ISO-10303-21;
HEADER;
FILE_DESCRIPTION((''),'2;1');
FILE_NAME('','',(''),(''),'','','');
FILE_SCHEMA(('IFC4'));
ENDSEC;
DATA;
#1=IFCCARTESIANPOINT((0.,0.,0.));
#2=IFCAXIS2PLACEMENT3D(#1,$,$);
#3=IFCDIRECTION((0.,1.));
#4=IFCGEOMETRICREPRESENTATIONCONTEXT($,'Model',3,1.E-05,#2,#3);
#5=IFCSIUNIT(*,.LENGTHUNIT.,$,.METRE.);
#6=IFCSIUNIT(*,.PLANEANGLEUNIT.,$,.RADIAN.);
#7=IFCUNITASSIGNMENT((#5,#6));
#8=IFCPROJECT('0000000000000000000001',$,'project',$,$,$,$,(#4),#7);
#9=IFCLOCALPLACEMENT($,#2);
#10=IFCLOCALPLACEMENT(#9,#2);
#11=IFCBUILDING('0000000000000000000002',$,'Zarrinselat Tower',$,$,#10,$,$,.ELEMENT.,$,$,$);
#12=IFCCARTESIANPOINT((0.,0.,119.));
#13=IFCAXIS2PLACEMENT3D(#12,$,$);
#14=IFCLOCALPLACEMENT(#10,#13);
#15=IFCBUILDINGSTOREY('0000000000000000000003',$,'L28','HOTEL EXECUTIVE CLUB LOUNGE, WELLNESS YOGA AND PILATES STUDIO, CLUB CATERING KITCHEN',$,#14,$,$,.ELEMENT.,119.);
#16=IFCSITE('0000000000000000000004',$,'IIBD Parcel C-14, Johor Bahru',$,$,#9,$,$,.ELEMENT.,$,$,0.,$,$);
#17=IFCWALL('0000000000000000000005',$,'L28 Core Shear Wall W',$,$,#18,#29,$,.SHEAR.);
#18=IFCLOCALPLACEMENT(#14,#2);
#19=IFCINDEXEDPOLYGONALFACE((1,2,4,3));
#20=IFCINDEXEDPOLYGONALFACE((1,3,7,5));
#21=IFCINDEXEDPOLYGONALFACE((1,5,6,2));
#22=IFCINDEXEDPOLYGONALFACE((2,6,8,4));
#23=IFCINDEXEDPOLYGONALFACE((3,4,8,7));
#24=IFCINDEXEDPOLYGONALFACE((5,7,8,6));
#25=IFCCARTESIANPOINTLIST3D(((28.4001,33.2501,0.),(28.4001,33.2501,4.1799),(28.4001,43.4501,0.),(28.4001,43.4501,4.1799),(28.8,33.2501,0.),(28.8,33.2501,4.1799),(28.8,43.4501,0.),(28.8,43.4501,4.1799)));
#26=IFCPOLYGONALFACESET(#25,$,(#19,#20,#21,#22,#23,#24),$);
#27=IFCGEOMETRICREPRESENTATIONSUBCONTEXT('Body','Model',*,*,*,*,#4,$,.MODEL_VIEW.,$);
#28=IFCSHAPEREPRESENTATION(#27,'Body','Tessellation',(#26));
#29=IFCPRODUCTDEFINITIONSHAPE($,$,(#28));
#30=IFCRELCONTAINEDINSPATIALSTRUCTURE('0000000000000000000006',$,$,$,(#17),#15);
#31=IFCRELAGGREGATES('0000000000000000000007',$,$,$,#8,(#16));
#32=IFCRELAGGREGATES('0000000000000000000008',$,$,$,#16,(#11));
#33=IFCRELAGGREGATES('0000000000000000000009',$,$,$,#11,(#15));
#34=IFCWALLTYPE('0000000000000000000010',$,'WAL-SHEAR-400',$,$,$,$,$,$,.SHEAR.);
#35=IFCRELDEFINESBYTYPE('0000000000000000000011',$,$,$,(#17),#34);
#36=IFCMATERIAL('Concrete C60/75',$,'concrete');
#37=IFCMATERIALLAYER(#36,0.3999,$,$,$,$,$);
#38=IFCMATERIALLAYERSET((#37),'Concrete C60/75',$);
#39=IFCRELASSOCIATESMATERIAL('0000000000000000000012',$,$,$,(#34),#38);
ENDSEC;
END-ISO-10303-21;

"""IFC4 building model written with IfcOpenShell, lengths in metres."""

from ifc_helpers import new_model, si_unit, direction, frame, frame_2d, origin, place, context, subcontext, project, spatial, rectangle, extrude, material, layer, layer_set, type_object, element, save


model = new_model("IFC4")

# Units and contexts
model_context = context("Model", 3, precision=1e-05, world=origin(), true_north=direction((0.0, 1.0)))
body_context = subcontext(model_context, "Body", "Model", "MODEL_VIEW")
ifc_project = project(units=[si_unit("LENGTHUNIT", "METRE"), si_unit("PLANEANGLEUNIT", "RADIAN")], contexts=[model_context])

# Site, building, storey
site_placement = place(None, origin())
site = spatial("IfcSite", under=ifc_project, at=site_placement, Name="IIBD Parcel C-14, Johor Bahru", CompositionType="ELEMENT", RefElevation=0.0)
building_placement = place(site_placement, origin())
building = spatial("IfcBuilding", under=site, at=building_placement, Name="Zarrinselat Tower", CompositionType="ELEMENT")
storey_placement = place(building_placement, frame((0.0, 0.0, 119.0)))
storey = spatial("IfcBuildingStorey", under=building, at=storey_placement, Name="L28", Description="HOTEL EXECUTIVE CLUB LOUNGE, WELLNESS YOGA AND PILATES STUDIO, CLUB CATERING KITCHEN", CompositionType="ELEMENT", Elevation=119.0)

# Shared definitions
ifc_material_1 = material(Name="Concrete C60/75", Category="concrete")
ifc_layer_1 = layer(ifc_material_1, 0.3999)
ifc_layer_set_1 = layer_set([ifc_layer_1], Name="Concrete C60/75")
wall_type_1 = type_object("IfcWallType", Name="WAL-SHEAR-400", PredefinedType="SHEAR", material=ifc_layer_set_1)

# Wall
wall_1_placement = place(storey_placement, frame((28.6001, 33.25, 0.0), z_axis=(0.0, 0.0, 1.0), x_axis=(0.0, 1.0, 0.0)))
element("IfcWall", 1, at=wall_1_placement, inside=storey, type_object=wall_type_1, Name="L28 Core Shear Wall W", PredefinedType="SHEAR", context=body_context, shape_type="SweptSolid", body=[
    extrude(rectangle(XDim=10.2, YDim=0.3999, at=frame_2d((5.1001, 0.0))), origin(), (0.0, 0.0, 1.0), 4.1799),
])

save(model, "model.ifc")
